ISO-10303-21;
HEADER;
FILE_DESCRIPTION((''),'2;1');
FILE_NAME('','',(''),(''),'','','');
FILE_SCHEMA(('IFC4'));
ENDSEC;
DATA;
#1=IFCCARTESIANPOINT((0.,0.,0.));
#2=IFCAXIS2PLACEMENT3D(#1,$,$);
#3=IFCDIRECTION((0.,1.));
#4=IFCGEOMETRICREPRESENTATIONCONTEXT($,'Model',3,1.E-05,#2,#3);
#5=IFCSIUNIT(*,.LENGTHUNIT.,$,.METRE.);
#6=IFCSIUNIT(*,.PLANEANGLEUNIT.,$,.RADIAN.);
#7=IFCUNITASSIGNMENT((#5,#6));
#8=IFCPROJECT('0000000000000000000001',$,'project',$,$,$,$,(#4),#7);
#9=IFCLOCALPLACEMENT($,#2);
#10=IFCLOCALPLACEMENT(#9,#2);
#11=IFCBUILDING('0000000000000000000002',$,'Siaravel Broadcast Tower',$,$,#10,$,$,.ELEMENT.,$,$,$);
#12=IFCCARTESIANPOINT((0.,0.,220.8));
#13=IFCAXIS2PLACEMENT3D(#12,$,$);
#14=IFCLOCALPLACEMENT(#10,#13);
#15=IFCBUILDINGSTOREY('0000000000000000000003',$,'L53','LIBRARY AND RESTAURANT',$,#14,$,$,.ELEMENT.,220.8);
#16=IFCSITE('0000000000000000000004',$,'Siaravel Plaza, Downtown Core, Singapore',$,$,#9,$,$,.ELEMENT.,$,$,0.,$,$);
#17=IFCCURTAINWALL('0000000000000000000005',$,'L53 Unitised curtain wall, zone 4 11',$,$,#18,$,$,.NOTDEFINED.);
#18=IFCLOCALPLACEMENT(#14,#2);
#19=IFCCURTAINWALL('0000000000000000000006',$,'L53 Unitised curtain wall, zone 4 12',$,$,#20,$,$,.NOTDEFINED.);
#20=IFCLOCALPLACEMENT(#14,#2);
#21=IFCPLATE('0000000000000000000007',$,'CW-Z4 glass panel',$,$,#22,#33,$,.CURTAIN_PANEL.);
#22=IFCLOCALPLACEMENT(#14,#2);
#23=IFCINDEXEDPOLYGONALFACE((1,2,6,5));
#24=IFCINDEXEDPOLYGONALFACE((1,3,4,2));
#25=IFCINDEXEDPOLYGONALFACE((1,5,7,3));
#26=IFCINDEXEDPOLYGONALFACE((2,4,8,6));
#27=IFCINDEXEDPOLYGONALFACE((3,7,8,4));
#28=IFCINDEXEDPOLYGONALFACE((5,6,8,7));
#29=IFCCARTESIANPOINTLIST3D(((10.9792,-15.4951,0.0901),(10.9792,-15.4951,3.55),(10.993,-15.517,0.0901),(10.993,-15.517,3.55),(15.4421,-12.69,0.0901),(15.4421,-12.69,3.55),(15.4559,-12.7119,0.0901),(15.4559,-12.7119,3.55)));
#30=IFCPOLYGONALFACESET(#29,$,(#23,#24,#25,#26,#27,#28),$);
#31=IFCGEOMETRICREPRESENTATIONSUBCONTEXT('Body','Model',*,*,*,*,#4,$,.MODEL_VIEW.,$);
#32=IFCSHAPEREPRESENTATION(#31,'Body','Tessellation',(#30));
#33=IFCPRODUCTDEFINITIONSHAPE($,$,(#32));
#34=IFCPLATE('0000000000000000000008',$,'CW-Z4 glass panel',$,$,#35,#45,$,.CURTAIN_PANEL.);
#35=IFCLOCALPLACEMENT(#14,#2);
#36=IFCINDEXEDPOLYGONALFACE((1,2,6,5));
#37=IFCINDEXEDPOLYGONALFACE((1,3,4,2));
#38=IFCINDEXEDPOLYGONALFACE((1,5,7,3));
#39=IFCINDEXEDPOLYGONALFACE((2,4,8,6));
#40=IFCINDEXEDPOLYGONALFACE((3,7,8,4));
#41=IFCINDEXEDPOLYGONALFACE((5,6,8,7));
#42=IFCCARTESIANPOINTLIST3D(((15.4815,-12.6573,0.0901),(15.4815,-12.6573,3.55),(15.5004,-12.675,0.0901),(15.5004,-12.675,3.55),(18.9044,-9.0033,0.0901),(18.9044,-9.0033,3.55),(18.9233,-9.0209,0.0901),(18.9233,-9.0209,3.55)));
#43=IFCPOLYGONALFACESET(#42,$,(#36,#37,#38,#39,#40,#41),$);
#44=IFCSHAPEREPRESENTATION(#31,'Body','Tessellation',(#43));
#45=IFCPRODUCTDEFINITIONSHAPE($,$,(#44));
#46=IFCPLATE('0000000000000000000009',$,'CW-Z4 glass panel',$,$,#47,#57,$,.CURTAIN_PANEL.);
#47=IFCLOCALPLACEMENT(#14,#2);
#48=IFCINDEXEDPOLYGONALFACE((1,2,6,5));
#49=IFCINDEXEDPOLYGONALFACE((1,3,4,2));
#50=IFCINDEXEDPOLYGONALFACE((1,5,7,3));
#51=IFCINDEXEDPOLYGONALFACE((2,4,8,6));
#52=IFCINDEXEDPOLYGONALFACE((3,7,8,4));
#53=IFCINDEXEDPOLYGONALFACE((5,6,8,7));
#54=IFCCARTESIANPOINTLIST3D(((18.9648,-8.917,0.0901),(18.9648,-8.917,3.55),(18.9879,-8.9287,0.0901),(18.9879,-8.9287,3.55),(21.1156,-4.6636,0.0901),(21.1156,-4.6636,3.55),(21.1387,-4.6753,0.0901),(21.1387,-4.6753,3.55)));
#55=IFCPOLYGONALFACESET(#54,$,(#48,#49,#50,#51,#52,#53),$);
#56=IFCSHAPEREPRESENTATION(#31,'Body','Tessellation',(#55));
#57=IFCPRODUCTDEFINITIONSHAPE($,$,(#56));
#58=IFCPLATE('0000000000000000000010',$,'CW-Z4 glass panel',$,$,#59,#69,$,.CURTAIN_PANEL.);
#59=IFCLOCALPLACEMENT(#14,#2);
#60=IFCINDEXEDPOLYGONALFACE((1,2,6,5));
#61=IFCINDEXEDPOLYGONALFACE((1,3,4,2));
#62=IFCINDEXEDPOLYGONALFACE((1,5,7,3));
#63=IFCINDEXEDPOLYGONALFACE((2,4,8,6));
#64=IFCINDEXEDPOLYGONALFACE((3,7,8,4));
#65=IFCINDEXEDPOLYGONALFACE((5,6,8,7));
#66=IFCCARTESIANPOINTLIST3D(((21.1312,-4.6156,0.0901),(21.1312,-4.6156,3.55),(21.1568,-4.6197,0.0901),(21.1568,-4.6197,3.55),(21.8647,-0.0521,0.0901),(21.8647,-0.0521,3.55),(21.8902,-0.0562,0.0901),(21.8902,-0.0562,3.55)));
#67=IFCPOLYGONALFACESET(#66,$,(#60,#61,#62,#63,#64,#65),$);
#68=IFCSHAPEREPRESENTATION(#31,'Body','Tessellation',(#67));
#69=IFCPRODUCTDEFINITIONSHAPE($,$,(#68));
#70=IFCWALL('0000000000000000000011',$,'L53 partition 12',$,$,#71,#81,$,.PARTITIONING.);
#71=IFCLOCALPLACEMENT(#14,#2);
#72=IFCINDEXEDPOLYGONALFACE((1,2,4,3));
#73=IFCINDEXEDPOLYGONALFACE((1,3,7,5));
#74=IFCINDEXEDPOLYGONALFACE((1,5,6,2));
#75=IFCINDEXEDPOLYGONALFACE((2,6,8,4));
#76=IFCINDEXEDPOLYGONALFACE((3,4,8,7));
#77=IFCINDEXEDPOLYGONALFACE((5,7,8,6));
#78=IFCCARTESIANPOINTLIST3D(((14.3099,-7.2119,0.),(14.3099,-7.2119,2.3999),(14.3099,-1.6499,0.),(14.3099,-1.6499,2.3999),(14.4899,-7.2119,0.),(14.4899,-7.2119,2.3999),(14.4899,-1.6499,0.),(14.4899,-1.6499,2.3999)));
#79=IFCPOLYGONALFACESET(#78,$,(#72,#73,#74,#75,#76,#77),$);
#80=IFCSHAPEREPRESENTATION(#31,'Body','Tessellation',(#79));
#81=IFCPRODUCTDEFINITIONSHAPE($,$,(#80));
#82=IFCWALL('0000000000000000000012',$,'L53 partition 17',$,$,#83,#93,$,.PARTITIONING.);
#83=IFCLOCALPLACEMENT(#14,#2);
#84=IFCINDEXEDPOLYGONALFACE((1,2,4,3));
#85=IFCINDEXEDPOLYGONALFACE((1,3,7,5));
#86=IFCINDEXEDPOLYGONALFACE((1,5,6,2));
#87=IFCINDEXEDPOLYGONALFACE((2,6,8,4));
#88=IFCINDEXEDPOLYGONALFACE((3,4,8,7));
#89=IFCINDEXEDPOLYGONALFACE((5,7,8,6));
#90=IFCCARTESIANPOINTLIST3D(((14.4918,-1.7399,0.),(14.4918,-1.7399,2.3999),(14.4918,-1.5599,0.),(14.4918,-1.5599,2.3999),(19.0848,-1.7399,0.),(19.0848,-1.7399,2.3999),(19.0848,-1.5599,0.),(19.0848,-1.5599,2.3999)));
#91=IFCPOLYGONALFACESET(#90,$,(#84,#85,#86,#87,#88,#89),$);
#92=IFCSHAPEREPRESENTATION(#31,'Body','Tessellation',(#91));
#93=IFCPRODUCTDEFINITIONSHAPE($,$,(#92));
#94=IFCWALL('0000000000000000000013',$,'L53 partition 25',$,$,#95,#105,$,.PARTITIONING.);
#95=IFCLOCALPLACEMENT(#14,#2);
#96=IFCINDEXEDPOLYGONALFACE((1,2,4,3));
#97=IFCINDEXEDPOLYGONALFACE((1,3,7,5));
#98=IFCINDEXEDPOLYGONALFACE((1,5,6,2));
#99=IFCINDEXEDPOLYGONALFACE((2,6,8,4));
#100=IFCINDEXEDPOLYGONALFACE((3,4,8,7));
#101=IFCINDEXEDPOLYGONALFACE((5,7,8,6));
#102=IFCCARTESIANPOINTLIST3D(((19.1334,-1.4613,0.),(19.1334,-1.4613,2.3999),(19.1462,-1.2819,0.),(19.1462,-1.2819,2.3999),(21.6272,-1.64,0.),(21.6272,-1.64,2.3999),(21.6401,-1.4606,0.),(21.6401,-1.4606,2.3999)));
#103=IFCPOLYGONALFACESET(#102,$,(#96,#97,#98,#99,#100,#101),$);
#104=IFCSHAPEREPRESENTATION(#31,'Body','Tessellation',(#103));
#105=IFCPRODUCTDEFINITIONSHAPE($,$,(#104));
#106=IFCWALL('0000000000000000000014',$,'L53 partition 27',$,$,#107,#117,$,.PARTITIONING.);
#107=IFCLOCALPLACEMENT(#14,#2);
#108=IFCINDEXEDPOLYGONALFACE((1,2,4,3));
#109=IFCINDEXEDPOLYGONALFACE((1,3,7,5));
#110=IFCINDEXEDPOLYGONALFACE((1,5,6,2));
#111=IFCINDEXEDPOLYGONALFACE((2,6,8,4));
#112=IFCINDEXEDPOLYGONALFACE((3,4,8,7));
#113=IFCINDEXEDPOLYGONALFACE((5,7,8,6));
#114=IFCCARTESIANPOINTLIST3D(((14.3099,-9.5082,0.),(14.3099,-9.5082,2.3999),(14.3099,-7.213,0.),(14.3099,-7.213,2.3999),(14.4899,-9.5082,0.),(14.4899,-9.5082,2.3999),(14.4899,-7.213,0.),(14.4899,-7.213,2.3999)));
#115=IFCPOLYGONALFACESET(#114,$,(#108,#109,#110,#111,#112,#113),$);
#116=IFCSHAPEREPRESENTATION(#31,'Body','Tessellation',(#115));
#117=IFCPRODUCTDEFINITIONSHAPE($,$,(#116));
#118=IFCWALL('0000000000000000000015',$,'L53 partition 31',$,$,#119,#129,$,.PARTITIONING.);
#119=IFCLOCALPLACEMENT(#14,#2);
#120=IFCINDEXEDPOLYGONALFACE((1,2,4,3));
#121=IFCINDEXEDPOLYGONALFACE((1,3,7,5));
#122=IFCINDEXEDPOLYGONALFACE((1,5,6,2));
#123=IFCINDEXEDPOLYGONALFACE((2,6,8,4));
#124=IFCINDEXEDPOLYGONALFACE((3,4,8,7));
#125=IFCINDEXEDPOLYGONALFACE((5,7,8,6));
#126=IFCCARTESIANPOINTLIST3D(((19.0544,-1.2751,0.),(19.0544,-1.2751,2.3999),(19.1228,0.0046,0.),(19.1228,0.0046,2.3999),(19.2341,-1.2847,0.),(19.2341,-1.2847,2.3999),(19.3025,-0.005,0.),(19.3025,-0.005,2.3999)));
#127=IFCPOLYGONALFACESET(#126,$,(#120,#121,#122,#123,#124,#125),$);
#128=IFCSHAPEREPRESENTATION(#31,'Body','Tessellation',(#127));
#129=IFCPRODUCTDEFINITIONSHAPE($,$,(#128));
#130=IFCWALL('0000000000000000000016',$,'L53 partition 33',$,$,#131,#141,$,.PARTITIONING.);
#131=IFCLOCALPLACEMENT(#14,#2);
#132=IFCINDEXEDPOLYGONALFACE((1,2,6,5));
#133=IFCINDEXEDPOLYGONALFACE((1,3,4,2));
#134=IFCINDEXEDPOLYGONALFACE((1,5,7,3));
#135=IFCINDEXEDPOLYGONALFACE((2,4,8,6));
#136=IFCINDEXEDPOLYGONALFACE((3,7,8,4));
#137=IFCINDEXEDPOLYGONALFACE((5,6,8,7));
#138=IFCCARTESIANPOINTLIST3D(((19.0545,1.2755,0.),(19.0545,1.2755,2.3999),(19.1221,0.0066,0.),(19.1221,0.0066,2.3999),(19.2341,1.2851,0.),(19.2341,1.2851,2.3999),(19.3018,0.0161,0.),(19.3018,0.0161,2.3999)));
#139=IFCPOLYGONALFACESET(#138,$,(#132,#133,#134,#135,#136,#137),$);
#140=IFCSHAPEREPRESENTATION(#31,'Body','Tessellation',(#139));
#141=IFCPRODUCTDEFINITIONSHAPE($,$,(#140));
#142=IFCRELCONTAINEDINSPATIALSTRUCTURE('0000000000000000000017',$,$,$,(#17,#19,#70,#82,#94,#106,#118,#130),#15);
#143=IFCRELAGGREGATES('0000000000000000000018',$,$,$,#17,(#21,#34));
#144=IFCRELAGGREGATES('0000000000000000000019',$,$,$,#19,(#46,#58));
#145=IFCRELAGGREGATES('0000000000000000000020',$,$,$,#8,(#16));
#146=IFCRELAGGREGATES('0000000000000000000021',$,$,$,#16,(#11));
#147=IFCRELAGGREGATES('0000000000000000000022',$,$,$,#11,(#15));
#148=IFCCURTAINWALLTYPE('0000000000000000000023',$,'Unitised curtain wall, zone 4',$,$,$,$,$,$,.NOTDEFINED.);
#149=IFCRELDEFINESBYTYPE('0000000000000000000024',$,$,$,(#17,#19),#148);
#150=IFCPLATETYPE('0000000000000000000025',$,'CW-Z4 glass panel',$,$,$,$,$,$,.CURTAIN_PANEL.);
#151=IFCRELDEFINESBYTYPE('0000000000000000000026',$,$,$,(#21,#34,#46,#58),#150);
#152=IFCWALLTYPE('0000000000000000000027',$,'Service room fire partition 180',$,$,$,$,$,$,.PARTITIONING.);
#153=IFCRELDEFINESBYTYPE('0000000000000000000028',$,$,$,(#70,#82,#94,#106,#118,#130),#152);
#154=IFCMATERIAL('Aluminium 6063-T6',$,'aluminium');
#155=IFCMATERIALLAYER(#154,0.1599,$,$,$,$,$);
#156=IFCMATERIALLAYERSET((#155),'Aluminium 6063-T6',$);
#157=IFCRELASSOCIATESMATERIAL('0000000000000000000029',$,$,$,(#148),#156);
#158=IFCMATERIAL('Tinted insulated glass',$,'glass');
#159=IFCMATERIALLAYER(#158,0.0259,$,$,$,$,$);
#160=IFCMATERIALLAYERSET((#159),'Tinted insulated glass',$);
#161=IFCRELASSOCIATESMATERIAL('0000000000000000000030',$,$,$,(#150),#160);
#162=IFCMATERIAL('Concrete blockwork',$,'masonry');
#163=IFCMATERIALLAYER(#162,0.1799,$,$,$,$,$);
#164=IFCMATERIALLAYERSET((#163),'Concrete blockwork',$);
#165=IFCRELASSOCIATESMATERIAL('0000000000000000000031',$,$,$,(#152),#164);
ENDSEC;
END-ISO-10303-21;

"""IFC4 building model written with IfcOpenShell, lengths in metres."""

from ifc_helpers import new_model, si_unit, direction, frame, frame_2d, origin, origin_2d, place, context, subcontext, project, spatial, rectangle, extrude, material, layer, layer_set, type_object, element, aggregate, save


model = new_model("IFC4")

# Units and contexts
model_context = context("Model", 3, precision=1e-05, world=origin(), true_north=direction((0.0, 1.0)))
body_context = subcontext(model_context, "Body", "Model", "MODEL_VIEW")
ifc_project = project(units=[si_unit("LENGTHUNIT", "METRE"), si_unit("PLANEANGLEUNIT", "RADIAN")], contexts=[model_context])

# Site, building, storey
site_placement = place(None, origin())
site = spatial("IfcSite", under=ifc_project, at=site_placement, Name="Siaravel Plaza, Downtown Core, Singapore", CompositionType="ELEMENT", RefElevation=0.0)
building_placement = place(site_placement, origin())
building = spatial("IfcBuilding", under=site, at=building_placement, Name="Siaravel Broadcast Tower", CompositionType="ELEMENT")
storey_placement = place(building_placement, frame((0.0, 0.0, 220.8)))
storey = spatial("IfcBuildingStorey", under=building, at=storey_placement, Name="L53", Description="LIBRARY AND RESTAURANT", CompositionType="ELEMENT", Elevation=220.8)

# Shared definitions
ifc_material_1 = material(Name="Aluminium 6063-T6", Category="aluminium")
ifc_layer_1 = layer(ifc_material_1, 0.1599)
ifc_layer_set_1 = layer_set([ifc_layer_1], Name="Aluminium 6063-T6")
curtain_wall_type = type_object("IfcCurtainWallType", Name="Unitised curtain wall, zone 4", PredefinedType="NOTDEFINED", material=ifc_layer_set_1)

# Curtain walls
curtain_wall_1_placement = place(storey_placement, origin())
curtain_wall_1 = element("IfcCurtainWall", 1, at=curtain_wall_1_placement, inside=storey, type_object=curtain_wall_type, Name="L53 Unitised curtain wall, zone 4 11", PredefinedType="NOTDEFINED")
curtain_wall_2_placement = place(storey_placement, origin())
curtain_wall_2 = element("IfcCurtainWall", 2, at=curtain_wall_2_placement, inside=storey, type_object=curtain_wall_type, Name="L53 Unitised curtain wall, zone 4 12", PredefinedType="NOTDEFINED")

# Plates
ifc_material_2 = material(Name="Tinted insulated glass", Category="glass")
ifc_layer_2 = layer(ifc_material_2, 0.0259)
ifc_layer_set_2 = layer_set([ifc_layer_2], Name="Tinted insulated glass")
plate_type = type_object("IfcPlateType", Name="CW-Z4 glass panel", PredefinedType="CURTAIN_PANEL", material=ifc_layer_set_2)
plate_1_placement = place(storey_placement, frame((13.2175, -14.1035, 0.0901), z_axis=(0.0, 0.0, 1.0), x_axis=(0.84665, 0.53215, 0.0)))
plate_1 = element("IfcPlate", 3, at=plate_1_placement, type_object=plate_type, Name="CW-Z4 glass panel", PredefinedType="CURTAIN_PANEL", context=body_context, shape_type="SweptSolid", body=[
    extrude(rectangle(XDim=5.2712, YDim=0.0259, at=origin_2d()), origin(), (0.0, 0.0, 1.0), 3.46),
])
plate_2_placement = place(storey_placement, frame((17.2024, -10.8391, 0.0901), z_axis=(0.0, 0.0, 1.0), x_axis=(0.683654, 0.729806, 0.0)))
plate_2 = element("IfcPlate", 4, at=plate_2_placement, type_object=plate_type, Name="CW-Z4 glass panel", PredefinedType="CURTAIN_PANEL", context=body_context, shape_type="SweptSolid", body=[
    extrude(rectangle(XDim=5.0068, YDim=0.0259, at=origin_2d()), origin(), (0.0, 0.0, 1.0), 3.46),
])
aggregate(curtain_wall_1, [plate_1, plate_2])
plate_3_placement = place(storey_placement, frame((20.0518, -6.7961, 0.0901), z_axis=(0.0, 0.0, 1.0), x_axis=(0.45126, 0.892393, 0.0)))
plate_3 = element("IfcPlate", 5, at=plate_3_placement, type_object=plate_type, Name="CW-Z4 glass panel", PredefinedType="CURTAIN_PANEL", context=body_context, shape_type="SweptSolid", body=[
    extrude(rectangle(XDim=4.7664, YDim=0.0259, at=origin_2d()), origin(), (0.0, 0.0, 1.0), 3.46),
])
plate_4_placement = place(storey_placement, frame((21.5107, -2.3359, 0.0901), z_axis=(0.0, 0.0, 1.0), x_axis=(0.158685, 0.987329, 0.0)))
plate_4 = element("IfcPlate", 6, at=plate_4_placement, type_object=plate_type, Name="CW-Z4 glass panel", PredefinedType="CURTAIN_PANEL", context=body_context, shape_type="SweptSolid", body=[
    extrude(rectangle(XDim=4.6221, YDim=0.0259, at=origin_2d()), origin(), (0.0, 0.0, 1.0), 3.46),
])
aggregate(curtain_wall_2, [plate_3, plate_4])

# Walls
ifc_material_3 = material(Name="Concrete blockwork", Category="masonry")
ifc_layer_3 = layer(ifc_material_3, 0.1799)
ifc_layer_set_3 = layer_set([ifc_layer_3], Name="Concrete blockwork")
wall_type = type_object("IfcWallType", Name="Service room fire partition 180", PredefinedType="PARTITIONING", material=ifc_layer_set_3)
wall_1_placement = place(storey_placement, frame((14.3999, -7.2119, 0.0), z_axis=(0.0, 0.0, 1.0), x_axis=(0.0, 1.0, 0.0)))
element("IfcWall", 7, at=wall_1_placement, inside=storey, type_object=wall_type, Name="L53 partition 12", PredefinedType="PARTITIONING", context=body_context, shape_type="SweptSolid", body=[
    extrude(rectangle(XDim=5.562, YDim=0.1799, at=frame_2d((2.781, 0.0))), origin(), (0.0, 0.0, 1.0), 2.3999),
])
wall_2_placement = place(storey_placement, frame((14.4919, -1.6499, 0.0), z_axis=(0.0, 0.0, 1.0), x_axis=(1.0, 0.0, 0.0)))
element("IfcWall", 8, at=wall_2_placement, inside=storey, type_object=wall_type, Name="L53 partition 17", PredefinedType="PARTITIONING", context=body_context, shape_type="SweptSolid", body=[
    extrude(rectangle(XDim=4.593, YDim=0.1799, at=frame_2d((2.2964, 0.0))), origin(), (0.0, 0.0, 1.0), 2.3999),
])
wall_3_placement = place(storey_placement, frame((21.6335, -1.5503, 0.0), z_axis=(0.0, 0.0, 1.0), x_axis=(-0.997442, 0.071476, 0.0)))
element("IfcWall", 9, at=wall_3_placement, inside=storey, type_object=wall_type, Name="L53 partition 25", PredefinedType="PARTITIONING", context=body_context, shape_type="SweptSolid", body=[
    extrude(rectangle(XDim=2.5002, YDim=0.1799, at=frame_2d((1.25, 0.0))), origin(), (0.0, 0.0, 1.0), 2.3999),
])
wall_4_placement = place(storey_placement, frame((14.3999, -9.5081, 0.0), z_axis=(0.0, 0.0, 1.0), x_axis=(0.0, 1.0, 0.0)))
element("IfcWall", 10, at=wall_4_placement, inside=storey, type_object=wall_type, Name="L53 partition 27", PredefinedType="PARTITIONING", context=body_context, shape_type="SweptSolid", body=[
    extrude(rectangle(XDim=2.2952, YDim=0.1799, at=frame_2d((1.1475, 0.0))), origin(), (0.0, 0.0, 1.0), 2.3999),
])
wall_5_placement = place(storey_placement, frame((19.1443, -1.2798, 0.0), z_axis=(0.0, 0.0, 1.0), x_axis=(0.053339, 0.998576, 0.0)))
element("IfcWall", 11, at=wall_5_placement, inside=storey, type_object=wall_type, Name="L53 partition 31", PredefinedType="PARTITIONING", context=body_context, shape_type="SweptSolid", body=[
    extrude(rectangle(XDim=1.2815, YDim=0.1799, at=frame_2d((0.6406, 0.0))), origin(), (0.0, 0.0, 1.0), 2.3999),
])
wall_6_placement = place(storey_placement, frame((19.2119, 0.0115, 0.0), z_axis=(0.0, 0.0, 1.0), x_axis=(-0.053214, 0.998583, 0.0)))
element("IfcWall", 12, at=wall_6_placement, inside=storey, type_object=wall_type, Name="L53 partition 33", PredefinedType="PARTITIONING", context=body_context, shape_type="SweptSolid", body=[
    extrude(rectangle(XDim=1.2708, YDim=0.1799, at=frame_2d((0.6353, 0.0))), origin(), (0.0, 0.0, 1.0), 2.3999),
])

save(model, "model.ifc")
